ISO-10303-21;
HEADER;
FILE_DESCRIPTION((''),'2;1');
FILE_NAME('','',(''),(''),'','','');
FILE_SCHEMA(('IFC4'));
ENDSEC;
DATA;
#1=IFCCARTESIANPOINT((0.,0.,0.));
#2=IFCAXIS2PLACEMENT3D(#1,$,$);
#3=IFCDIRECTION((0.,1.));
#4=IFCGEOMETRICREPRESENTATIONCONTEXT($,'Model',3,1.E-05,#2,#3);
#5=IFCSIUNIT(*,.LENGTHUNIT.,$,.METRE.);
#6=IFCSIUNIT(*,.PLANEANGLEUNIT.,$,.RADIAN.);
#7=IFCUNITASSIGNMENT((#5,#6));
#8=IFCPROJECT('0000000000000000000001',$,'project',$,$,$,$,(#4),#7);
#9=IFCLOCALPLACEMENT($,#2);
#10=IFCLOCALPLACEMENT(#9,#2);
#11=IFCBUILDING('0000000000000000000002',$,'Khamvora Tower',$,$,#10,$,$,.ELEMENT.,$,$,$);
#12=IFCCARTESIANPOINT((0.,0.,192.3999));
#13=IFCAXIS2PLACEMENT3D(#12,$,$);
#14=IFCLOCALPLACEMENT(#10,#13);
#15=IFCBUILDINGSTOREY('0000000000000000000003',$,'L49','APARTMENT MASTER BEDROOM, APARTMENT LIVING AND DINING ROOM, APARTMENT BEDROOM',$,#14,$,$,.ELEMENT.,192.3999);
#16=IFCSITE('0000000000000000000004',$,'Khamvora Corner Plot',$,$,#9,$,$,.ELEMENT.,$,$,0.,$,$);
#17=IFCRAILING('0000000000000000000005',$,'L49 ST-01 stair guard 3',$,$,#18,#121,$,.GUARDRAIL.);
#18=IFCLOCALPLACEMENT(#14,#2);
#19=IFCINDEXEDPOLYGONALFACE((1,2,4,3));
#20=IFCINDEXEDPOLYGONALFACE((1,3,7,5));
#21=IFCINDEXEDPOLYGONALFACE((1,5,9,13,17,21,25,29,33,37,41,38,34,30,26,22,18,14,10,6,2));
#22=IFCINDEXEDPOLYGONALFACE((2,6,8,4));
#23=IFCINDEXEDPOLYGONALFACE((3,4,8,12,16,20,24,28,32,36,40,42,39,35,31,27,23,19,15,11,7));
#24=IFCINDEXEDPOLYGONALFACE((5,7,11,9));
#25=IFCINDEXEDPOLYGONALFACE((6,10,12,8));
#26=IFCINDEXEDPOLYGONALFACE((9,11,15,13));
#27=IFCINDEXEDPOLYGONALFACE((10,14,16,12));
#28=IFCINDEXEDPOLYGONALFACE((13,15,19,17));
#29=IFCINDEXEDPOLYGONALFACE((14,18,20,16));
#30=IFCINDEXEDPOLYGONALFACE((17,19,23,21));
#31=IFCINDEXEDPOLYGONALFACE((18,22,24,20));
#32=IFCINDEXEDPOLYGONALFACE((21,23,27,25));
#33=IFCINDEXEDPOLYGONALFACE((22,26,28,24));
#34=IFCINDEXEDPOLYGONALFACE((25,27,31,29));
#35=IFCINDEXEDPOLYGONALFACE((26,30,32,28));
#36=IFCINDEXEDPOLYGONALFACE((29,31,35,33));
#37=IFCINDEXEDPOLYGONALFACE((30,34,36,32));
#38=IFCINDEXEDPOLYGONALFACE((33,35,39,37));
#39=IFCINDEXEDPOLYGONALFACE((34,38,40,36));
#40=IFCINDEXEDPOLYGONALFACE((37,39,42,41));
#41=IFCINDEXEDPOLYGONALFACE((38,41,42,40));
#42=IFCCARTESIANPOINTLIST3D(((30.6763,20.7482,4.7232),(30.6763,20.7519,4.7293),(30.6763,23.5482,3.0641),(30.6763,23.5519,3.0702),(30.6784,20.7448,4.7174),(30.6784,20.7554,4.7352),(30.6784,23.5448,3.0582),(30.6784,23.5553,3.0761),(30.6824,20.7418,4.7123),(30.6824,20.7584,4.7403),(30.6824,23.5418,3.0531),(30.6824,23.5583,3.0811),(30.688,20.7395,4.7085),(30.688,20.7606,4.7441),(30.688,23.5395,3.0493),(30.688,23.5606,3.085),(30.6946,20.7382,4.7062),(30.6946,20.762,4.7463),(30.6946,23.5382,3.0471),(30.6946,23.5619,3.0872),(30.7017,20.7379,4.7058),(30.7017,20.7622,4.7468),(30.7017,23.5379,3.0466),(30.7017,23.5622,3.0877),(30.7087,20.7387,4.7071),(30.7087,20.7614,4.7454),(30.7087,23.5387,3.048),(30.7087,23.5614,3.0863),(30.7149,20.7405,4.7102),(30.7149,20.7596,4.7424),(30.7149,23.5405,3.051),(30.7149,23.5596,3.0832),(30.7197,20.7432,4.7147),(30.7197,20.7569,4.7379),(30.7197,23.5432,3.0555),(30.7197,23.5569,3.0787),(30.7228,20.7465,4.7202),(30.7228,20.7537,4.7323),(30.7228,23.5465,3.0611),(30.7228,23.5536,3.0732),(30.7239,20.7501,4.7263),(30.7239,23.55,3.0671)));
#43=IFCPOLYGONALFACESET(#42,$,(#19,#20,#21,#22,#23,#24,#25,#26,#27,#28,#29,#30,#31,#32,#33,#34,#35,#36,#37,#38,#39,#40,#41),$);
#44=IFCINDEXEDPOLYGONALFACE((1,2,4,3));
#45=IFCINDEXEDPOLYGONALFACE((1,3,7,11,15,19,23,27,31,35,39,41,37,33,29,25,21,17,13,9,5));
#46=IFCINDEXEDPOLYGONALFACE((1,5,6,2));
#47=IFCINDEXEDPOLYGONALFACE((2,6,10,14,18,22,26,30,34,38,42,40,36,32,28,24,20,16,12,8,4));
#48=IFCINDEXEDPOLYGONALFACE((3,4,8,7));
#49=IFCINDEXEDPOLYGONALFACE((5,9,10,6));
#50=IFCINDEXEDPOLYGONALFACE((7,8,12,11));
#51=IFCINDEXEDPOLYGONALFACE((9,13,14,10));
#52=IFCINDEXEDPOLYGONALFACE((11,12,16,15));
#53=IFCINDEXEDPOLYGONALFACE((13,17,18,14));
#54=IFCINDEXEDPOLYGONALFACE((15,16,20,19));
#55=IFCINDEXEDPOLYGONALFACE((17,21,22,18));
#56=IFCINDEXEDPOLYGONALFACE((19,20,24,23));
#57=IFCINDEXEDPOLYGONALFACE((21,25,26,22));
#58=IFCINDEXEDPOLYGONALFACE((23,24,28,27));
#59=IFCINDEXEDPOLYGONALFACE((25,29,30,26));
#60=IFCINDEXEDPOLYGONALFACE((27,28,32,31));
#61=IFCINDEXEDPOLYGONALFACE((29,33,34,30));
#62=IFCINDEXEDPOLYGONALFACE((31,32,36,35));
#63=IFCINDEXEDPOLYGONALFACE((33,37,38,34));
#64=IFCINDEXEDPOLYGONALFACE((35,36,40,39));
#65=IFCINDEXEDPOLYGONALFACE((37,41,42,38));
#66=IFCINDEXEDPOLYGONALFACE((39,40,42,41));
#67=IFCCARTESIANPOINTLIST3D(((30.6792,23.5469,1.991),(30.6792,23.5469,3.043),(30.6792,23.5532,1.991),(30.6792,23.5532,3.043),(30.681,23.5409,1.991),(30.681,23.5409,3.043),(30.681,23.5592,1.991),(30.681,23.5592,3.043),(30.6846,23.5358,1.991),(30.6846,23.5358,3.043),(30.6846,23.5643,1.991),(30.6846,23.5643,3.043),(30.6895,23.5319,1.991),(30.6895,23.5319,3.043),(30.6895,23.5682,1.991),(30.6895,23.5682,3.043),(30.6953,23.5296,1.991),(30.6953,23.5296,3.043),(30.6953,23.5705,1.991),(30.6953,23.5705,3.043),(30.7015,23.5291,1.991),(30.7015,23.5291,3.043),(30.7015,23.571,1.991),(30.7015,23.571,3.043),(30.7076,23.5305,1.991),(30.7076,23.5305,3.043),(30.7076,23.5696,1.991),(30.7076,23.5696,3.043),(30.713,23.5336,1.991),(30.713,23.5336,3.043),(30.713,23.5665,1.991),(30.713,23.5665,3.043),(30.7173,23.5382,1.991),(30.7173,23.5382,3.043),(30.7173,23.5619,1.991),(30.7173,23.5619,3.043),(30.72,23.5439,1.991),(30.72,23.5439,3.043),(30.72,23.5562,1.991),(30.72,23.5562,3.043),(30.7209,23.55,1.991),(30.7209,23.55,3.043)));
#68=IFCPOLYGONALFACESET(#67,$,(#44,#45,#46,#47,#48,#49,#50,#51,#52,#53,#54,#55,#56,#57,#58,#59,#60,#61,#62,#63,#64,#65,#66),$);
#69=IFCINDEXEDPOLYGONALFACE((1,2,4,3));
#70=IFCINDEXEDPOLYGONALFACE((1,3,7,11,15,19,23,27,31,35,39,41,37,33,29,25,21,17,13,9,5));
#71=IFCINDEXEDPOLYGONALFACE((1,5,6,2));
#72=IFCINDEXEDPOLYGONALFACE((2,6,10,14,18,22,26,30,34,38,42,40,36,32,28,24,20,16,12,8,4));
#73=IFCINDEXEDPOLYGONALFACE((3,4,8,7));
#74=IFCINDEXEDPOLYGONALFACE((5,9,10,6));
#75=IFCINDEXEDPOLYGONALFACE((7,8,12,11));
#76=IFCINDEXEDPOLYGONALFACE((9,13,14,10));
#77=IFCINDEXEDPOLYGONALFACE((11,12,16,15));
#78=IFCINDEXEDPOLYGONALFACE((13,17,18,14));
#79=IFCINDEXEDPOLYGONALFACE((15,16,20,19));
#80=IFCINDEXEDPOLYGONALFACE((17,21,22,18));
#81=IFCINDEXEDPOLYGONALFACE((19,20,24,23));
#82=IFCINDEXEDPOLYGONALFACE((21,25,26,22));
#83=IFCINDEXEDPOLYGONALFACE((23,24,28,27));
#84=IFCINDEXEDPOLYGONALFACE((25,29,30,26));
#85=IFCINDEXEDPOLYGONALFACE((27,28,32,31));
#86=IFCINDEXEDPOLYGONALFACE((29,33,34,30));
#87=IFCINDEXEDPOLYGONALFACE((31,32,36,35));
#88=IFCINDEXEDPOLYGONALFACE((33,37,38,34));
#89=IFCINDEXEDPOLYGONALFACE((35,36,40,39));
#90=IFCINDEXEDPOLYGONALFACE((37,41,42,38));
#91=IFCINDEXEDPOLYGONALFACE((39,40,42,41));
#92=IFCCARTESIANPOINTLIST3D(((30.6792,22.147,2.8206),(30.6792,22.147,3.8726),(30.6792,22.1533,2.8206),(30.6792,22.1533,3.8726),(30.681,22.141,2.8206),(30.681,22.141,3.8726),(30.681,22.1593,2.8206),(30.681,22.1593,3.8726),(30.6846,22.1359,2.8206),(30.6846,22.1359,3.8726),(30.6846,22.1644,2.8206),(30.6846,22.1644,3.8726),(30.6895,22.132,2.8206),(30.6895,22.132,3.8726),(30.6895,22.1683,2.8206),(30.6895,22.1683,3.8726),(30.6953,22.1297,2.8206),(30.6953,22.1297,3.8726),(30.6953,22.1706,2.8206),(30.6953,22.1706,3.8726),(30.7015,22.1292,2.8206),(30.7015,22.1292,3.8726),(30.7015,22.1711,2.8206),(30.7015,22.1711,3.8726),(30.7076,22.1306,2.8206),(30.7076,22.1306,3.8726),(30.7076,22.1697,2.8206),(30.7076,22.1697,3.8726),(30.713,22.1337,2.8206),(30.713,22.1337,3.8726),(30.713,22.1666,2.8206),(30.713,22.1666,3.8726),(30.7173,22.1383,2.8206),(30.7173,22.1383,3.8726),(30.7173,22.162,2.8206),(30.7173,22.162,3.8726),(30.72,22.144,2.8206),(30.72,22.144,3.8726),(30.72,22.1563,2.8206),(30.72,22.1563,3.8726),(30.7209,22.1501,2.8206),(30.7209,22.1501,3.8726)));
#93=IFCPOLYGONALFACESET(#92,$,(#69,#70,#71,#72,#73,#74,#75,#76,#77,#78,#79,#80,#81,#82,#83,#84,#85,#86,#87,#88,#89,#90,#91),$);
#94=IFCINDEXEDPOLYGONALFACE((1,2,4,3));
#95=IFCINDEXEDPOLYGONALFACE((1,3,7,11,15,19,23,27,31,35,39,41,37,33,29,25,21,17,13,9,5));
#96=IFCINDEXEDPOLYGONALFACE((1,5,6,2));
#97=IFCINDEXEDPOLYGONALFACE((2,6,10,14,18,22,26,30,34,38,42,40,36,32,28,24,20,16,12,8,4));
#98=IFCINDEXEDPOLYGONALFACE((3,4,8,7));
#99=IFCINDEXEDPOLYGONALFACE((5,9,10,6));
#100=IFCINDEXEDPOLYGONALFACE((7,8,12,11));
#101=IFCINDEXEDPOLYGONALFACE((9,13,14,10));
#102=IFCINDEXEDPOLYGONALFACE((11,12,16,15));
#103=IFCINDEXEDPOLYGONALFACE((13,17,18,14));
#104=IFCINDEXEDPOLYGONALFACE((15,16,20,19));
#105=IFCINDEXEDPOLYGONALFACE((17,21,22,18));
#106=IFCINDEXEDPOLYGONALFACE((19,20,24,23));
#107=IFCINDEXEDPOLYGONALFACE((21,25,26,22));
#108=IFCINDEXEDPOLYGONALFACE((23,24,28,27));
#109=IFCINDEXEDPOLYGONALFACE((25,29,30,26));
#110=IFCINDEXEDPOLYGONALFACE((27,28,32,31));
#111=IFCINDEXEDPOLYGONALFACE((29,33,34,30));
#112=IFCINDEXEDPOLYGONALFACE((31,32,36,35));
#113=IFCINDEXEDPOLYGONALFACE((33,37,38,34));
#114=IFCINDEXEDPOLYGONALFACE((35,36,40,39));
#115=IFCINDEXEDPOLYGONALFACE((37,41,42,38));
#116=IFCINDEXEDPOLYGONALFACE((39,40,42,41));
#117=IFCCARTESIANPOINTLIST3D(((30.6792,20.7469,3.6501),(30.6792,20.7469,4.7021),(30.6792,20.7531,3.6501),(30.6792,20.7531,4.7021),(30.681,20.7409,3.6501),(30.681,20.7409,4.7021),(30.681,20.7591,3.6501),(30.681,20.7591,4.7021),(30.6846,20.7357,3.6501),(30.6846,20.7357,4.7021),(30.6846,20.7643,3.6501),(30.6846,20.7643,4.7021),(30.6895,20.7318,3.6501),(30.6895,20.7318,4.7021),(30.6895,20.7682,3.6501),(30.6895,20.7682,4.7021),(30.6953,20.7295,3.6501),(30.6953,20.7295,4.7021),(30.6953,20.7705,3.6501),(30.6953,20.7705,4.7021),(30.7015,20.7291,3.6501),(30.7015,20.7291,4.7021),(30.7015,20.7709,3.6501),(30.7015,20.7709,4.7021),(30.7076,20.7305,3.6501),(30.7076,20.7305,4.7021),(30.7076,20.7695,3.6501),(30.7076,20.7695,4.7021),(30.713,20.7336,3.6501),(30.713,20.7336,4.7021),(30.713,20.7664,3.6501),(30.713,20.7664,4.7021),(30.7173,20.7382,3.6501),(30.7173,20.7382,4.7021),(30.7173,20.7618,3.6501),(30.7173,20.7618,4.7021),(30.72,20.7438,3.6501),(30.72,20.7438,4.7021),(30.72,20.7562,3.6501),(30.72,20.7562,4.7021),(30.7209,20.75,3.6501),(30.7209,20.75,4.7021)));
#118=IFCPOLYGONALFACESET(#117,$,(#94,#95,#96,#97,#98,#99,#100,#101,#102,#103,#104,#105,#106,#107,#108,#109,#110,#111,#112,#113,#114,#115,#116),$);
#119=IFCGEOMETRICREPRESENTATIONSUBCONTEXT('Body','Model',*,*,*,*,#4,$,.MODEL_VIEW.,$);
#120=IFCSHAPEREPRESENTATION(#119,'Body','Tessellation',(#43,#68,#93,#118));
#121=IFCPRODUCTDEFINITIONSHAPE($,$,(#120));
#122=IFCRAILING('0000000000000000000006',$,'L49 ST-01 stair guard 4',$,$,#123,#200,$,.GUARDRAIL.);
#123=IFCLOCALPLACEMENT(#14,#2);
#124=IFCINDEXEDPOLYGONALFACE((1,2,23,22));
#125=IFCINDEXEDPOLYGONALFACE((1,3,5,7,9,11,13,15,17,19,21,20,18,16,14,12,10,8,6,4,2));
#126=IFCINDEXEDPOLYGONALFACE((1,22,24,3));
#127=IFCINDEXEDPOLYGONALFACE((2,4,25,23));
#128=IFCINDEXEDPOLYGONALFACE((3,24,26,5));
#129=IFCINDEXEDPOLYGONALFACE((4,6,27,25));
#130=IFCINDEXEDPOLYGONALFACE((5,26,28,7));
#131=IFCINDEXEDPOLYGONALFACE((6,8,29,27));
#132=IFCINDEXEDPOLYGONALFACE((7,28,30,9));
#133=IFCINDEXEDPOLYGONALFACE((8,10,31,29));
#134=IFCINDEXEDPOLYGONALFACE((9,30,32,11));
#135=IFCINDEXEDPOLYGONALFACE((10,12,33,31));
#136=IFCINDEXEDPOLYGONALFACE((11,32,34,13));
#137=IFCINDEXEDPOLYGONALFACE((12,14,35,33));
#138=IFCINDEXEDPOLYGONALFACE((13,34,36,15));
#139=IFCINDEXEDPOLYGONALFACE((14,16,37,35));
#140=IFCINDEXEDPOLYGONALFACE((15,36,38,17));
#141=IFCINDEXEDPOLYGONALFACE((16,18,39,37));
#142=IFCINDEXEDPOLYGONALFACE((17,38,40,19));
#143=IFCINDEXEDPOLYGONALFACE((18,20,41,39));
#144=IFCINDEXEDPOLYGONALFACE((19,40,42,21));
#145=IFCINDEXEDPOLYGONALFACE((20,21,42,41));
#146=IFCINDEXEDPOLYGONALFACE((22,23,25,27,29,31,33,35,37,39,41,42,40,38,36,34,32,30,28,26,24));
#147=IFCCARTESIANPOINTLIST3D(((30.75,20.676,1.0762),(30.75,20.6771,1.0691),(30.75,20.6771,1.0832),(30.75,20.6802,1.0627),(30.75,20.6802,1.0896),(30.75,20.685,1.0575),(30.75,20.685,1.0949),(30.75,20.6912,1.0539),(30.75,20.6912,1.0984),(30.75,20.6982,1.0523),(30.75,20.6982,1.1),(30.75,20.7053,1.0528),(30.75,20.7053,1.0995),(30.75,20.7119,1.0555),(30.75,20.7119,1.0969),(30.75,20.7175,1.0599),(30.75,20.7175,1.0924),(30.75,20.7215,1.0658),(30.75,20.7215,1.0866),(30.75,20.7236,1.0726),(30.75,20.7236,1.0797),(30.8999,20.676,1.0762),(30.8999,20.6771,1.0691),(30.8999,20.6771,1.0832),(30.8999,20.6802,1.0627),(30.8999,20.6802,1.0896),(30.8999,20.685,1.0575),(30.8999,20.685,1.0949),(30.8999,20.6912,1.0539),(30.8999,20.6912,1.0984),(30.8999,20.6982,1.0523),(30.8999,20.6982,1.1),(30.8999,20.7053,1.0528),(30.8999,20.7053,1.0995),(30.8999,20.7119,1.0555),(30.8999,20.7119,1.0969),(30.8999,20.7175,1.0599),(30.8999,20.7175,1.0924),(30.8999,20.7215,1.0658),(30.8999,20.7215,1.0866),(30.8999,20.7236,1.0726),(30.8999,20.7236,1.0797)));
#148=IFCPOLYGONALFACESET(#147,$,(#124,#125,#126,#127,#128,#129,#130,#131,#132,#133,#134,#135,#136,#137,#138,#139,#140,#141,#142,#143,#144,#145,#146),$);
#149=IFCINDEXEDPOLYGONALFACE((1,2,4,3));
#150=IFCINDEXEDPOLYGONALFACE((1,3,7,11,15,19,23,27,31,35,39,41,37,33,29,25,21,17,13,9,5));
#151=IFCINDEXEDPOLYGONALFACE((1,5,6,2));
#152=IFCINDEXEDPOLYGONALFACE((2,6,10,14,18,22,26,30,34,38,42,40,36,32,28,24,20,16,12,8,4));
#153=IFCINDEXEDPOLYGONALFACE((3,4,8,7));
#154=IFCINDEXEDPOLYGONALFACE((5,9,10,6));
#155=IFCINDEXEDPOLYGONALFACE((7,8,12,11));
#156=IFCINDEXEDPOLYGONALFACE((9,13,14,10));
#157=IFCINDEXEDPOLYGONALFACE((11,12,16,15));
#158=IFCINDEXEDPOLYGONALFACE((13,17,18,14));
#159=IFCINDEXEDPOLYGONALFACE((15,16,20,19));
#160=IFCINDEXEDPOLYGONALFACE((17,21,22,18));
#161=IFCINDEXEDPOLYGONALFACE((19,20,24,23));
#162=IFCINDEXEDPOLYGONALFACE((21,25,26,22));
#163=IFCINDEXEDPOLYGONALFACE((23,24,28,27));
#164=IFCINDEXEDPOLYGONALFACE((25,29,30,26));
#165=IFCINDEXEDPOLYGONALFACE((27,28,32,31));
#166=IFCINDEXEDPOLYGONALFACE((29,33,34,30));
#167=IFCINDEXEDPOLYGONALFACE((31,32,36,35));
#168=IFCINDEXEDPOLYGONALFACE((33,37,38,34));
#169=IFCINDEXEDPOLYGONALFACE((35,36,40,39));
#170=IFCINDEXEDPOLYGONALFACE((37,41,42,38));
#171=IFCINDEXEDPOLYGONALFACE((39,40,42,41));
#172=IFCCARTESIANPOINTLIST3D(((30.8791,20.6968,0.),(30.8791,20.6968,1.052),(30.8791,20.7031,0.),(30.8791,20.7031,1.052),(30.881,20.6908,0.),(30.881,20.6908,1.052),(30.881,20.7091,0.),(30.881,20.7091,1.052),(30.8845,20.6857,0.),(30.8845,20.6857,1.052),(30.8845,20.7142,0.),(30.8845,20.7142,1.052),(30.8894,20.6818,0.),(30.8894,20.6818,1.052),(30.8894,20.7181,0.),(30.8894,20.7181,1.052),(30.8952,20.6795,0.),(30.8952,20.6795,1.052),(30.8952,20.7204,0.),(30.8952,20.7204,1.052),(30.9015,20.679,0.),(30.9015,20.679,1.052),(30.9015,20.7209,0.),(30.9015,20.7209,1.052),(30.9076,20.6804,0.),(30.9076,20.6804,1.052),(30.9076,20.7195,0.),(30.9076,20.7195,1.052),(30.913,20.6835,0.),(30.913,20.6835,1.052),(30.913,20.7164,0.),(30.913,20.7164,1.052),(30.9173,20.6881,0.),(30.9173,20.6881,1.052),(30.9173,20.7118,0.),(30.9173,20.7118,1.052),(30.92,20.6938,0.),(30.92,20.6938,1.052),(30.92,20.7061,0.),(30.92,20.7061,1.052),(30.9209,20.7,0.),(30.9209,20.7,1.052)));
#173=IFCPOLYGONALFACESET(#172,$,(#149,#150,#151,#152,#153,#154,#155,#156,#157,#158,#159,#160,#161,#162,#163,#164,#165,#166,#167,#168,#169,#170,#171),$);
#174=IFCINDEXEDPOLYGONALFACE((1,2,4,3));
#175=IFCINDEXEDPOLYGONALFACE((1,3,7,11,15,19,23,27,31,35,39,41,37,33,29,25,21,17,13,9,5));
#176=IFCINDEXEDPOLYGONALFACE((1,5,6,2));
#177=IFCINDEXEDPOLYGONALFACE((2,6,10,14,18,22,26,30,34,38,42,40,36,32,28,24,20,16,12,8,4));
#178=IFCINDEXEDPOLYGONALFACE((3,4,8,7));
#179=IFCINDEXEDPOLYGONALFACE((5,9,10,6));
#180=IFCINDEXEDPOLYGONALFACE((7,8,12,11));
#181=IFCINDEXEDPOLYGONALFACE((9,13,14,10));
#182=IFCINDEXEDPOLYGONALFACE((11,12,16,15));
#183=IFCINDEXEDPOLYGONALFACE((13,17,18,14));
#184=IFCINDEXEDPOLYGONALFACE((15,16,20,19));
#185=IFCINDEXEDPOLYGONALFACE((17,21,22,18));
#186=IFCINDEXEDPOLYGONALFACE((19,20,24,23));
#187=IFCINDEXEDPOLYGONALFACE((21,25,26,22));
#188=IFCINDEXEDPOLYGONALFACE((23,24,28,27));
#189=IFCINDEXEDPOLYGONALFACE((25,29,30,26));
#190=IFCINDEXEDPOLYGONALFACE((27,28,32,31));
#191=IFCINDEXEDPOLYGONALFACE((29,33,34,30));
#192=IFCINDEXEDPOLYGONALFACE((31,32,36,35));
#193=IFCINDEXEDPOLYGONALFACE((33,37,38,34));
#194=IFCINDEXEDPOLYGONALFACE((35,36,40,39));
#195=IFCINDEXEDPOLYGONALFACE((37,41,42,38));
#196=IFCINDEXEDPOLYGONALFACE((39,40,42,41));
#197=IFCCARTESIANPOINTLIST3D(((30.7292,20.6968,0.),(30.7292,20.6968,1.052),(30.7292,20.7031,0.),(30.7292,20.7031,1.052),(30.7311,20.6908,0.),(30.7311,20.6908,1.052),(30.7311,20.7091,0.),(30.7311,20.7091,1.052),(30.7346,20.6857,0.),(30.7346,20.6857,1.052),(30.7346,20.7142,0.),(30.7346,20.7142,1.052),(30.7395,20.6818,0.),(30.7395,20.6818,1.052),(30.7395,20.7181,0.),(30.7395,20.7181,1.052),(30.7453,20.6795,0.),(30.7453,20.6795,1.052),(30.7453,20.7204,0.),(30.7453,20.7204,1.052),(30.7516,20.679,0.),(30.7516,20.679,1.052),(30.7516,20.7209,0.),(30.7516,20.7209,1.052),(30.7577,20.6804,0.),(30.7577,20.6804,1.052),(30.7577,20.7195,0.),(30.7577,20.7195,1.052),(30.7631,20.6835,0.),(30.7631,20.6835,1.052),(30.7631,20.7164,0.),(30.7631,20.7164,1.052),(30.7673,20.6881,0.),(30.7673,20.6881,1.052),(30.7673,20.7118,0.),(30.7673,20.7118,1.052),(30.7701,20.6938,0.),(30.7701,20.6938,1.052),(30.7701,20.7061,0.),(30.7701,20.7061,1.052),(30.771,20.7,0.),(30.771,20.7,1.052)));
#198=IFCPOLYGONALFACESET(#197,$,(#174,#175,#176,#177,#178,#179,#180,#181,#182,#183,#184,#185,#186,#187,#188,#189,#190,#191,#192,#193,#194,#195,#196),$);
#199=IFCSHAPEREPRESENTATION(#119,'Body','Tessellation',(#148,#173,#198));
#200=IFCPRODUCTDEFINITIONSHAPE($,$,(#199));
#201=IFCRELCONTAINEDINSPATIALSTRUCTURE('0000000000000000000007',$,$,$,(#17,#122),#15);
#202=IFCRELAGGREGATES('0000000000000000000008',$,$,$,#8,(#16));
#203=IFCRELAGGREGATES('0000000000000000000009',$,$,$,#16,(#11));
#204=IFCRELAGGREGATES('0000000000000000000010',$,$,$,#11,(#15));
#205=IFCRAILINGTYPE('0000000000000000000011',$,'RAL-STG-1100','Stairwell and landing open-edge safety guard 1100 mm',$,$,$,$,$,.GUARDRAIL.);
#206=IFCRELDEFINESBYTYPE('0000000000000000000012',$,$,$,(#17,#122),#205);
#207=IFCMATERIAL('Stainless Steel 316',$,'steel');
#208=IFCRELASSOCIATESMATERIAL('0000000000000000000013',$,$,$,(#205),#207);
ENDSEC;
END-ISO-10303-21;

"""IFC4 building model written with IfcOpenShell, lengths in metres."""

from ifc_helpers import new_model, si_unit, direction, frame, origin, origin_2d, place, context, subcontext, project, spatial, circle, extrude, material, type_object, element, save


model = new_model("IFC4")

# Units and contexts
model_context = context("Model", 3, precision=1e-05, world=origin(), true_north=direction((0.0, 1.0)))
body_context = subcontext(model_context, "Body", "Model", "MODEL_VIEW")
ifc_project = project(units=[si_unit("LENGTHUNIT", "METRE"), si_unit("PLANEANGLEUNIT", "RADIAN")], contexts=[model_context])

# Site, building, storey
site_placement = place(None, origin())
site = spatial("IfcSite", under=ifc_project, at=site_placement, Name="Khamvora Corner Plot", CompositionType="ELEMENT", RefElevation=0.0)
building_placement = place(site_placement, origin())
building = spatial("IfcBuilding", under=site, at=building_placement, Name="Khamvora Tower", CompositionType="ELEMENT")
storey_placement = place(building_placement, frame((0.0, 0.0, 192.3999)))
storey = spatial("IfcBuildingStorey", under=building, at=storey_placement, Name="L49", Description="APARTMENT MASTER BEDROOM, APARTMENT LIVING AND DINING ROOM, APARTMENT BEDROOM", CompositionType="ELEMENT", Elevation=192.3999)

# Railings
ifc_material_1 = material(Name="Stainless Steel 316", Category="steel")
railing_type_1 = type_object("IfcRailingType", Name="RAL-STG-1100", Description="Stairwell and landing open-edge safety guard 1100 mm", PredefinedType="GUARDRAIL", material=ifc_material_1)
railing_1_placement = place(storey_placement, frame((30.7, 23.55, 1.991)))
element("IfcRailing", 1, at=railing_1_placement, inside=storey, type_object=railing_type_1, Name="L49 ST-01 stair guard 3", PredefinedType="GUARDRAIL", context=body_context, shape_type="SweptSolid", body=[
    extrude(circle(Radius=0.0239, at=origin_2d()), frame((0.0, 0.0, 1.0762), z_axis=(0.0, -0.860306, 0.509778), x_axis=(1.0, 0.0, 0.0)), (0.0, 0.0, 1.0), 3.2546),
    extrude(circle(Radius=0.021, at=origin_2d()), origin(), (0.0, 0.0, 1.0), 1.052),
    extrude(circle(Radius=0.021, at=origin_2d()), frame((0.0, -1.3999, 0.8296)), (0.0, 0.0, 1.0), 1.052),
    extrude(circle(Radius=0.021, at=origin_2d()), frame((0.0, -2.8, 1.6592)), (0.0, 0.0, 1.0), 1.052),
])
railing_2_placement = place(storey_placement, frame((30.8999, 20.7, 0.0)))
element("IfcRailing", 2, at=railing_2_placement, inside=storey, type_object=railing_type_1, Name="L49 ST-01 stair guard 4", PredefinedType="GUARDRAIL", context=body_context, shape_type="SweptSolid", body=[
    extrude(circle(Radius=0.0239, at=origin_2d()), frame((0.0, 0.0, 1.0762), z_axis=(-1.0, 0.0, 0.0), x_axis=(0.0, -1.0, 0.0)), (0.0, 0.0, 1.0), 0.1499),
    extrude(circle(Radius=0.021, at=origin_2d()), origin(), (0.0, 0.0, 1.0), 1.052),
    extrude(circle(Radius=0.021, at=origin_2d()), frame((-0.1499, 0.0, 0.0)), (0.0, 0.0, 1.0), 1.052),
])

save(model, "model.ifc")
